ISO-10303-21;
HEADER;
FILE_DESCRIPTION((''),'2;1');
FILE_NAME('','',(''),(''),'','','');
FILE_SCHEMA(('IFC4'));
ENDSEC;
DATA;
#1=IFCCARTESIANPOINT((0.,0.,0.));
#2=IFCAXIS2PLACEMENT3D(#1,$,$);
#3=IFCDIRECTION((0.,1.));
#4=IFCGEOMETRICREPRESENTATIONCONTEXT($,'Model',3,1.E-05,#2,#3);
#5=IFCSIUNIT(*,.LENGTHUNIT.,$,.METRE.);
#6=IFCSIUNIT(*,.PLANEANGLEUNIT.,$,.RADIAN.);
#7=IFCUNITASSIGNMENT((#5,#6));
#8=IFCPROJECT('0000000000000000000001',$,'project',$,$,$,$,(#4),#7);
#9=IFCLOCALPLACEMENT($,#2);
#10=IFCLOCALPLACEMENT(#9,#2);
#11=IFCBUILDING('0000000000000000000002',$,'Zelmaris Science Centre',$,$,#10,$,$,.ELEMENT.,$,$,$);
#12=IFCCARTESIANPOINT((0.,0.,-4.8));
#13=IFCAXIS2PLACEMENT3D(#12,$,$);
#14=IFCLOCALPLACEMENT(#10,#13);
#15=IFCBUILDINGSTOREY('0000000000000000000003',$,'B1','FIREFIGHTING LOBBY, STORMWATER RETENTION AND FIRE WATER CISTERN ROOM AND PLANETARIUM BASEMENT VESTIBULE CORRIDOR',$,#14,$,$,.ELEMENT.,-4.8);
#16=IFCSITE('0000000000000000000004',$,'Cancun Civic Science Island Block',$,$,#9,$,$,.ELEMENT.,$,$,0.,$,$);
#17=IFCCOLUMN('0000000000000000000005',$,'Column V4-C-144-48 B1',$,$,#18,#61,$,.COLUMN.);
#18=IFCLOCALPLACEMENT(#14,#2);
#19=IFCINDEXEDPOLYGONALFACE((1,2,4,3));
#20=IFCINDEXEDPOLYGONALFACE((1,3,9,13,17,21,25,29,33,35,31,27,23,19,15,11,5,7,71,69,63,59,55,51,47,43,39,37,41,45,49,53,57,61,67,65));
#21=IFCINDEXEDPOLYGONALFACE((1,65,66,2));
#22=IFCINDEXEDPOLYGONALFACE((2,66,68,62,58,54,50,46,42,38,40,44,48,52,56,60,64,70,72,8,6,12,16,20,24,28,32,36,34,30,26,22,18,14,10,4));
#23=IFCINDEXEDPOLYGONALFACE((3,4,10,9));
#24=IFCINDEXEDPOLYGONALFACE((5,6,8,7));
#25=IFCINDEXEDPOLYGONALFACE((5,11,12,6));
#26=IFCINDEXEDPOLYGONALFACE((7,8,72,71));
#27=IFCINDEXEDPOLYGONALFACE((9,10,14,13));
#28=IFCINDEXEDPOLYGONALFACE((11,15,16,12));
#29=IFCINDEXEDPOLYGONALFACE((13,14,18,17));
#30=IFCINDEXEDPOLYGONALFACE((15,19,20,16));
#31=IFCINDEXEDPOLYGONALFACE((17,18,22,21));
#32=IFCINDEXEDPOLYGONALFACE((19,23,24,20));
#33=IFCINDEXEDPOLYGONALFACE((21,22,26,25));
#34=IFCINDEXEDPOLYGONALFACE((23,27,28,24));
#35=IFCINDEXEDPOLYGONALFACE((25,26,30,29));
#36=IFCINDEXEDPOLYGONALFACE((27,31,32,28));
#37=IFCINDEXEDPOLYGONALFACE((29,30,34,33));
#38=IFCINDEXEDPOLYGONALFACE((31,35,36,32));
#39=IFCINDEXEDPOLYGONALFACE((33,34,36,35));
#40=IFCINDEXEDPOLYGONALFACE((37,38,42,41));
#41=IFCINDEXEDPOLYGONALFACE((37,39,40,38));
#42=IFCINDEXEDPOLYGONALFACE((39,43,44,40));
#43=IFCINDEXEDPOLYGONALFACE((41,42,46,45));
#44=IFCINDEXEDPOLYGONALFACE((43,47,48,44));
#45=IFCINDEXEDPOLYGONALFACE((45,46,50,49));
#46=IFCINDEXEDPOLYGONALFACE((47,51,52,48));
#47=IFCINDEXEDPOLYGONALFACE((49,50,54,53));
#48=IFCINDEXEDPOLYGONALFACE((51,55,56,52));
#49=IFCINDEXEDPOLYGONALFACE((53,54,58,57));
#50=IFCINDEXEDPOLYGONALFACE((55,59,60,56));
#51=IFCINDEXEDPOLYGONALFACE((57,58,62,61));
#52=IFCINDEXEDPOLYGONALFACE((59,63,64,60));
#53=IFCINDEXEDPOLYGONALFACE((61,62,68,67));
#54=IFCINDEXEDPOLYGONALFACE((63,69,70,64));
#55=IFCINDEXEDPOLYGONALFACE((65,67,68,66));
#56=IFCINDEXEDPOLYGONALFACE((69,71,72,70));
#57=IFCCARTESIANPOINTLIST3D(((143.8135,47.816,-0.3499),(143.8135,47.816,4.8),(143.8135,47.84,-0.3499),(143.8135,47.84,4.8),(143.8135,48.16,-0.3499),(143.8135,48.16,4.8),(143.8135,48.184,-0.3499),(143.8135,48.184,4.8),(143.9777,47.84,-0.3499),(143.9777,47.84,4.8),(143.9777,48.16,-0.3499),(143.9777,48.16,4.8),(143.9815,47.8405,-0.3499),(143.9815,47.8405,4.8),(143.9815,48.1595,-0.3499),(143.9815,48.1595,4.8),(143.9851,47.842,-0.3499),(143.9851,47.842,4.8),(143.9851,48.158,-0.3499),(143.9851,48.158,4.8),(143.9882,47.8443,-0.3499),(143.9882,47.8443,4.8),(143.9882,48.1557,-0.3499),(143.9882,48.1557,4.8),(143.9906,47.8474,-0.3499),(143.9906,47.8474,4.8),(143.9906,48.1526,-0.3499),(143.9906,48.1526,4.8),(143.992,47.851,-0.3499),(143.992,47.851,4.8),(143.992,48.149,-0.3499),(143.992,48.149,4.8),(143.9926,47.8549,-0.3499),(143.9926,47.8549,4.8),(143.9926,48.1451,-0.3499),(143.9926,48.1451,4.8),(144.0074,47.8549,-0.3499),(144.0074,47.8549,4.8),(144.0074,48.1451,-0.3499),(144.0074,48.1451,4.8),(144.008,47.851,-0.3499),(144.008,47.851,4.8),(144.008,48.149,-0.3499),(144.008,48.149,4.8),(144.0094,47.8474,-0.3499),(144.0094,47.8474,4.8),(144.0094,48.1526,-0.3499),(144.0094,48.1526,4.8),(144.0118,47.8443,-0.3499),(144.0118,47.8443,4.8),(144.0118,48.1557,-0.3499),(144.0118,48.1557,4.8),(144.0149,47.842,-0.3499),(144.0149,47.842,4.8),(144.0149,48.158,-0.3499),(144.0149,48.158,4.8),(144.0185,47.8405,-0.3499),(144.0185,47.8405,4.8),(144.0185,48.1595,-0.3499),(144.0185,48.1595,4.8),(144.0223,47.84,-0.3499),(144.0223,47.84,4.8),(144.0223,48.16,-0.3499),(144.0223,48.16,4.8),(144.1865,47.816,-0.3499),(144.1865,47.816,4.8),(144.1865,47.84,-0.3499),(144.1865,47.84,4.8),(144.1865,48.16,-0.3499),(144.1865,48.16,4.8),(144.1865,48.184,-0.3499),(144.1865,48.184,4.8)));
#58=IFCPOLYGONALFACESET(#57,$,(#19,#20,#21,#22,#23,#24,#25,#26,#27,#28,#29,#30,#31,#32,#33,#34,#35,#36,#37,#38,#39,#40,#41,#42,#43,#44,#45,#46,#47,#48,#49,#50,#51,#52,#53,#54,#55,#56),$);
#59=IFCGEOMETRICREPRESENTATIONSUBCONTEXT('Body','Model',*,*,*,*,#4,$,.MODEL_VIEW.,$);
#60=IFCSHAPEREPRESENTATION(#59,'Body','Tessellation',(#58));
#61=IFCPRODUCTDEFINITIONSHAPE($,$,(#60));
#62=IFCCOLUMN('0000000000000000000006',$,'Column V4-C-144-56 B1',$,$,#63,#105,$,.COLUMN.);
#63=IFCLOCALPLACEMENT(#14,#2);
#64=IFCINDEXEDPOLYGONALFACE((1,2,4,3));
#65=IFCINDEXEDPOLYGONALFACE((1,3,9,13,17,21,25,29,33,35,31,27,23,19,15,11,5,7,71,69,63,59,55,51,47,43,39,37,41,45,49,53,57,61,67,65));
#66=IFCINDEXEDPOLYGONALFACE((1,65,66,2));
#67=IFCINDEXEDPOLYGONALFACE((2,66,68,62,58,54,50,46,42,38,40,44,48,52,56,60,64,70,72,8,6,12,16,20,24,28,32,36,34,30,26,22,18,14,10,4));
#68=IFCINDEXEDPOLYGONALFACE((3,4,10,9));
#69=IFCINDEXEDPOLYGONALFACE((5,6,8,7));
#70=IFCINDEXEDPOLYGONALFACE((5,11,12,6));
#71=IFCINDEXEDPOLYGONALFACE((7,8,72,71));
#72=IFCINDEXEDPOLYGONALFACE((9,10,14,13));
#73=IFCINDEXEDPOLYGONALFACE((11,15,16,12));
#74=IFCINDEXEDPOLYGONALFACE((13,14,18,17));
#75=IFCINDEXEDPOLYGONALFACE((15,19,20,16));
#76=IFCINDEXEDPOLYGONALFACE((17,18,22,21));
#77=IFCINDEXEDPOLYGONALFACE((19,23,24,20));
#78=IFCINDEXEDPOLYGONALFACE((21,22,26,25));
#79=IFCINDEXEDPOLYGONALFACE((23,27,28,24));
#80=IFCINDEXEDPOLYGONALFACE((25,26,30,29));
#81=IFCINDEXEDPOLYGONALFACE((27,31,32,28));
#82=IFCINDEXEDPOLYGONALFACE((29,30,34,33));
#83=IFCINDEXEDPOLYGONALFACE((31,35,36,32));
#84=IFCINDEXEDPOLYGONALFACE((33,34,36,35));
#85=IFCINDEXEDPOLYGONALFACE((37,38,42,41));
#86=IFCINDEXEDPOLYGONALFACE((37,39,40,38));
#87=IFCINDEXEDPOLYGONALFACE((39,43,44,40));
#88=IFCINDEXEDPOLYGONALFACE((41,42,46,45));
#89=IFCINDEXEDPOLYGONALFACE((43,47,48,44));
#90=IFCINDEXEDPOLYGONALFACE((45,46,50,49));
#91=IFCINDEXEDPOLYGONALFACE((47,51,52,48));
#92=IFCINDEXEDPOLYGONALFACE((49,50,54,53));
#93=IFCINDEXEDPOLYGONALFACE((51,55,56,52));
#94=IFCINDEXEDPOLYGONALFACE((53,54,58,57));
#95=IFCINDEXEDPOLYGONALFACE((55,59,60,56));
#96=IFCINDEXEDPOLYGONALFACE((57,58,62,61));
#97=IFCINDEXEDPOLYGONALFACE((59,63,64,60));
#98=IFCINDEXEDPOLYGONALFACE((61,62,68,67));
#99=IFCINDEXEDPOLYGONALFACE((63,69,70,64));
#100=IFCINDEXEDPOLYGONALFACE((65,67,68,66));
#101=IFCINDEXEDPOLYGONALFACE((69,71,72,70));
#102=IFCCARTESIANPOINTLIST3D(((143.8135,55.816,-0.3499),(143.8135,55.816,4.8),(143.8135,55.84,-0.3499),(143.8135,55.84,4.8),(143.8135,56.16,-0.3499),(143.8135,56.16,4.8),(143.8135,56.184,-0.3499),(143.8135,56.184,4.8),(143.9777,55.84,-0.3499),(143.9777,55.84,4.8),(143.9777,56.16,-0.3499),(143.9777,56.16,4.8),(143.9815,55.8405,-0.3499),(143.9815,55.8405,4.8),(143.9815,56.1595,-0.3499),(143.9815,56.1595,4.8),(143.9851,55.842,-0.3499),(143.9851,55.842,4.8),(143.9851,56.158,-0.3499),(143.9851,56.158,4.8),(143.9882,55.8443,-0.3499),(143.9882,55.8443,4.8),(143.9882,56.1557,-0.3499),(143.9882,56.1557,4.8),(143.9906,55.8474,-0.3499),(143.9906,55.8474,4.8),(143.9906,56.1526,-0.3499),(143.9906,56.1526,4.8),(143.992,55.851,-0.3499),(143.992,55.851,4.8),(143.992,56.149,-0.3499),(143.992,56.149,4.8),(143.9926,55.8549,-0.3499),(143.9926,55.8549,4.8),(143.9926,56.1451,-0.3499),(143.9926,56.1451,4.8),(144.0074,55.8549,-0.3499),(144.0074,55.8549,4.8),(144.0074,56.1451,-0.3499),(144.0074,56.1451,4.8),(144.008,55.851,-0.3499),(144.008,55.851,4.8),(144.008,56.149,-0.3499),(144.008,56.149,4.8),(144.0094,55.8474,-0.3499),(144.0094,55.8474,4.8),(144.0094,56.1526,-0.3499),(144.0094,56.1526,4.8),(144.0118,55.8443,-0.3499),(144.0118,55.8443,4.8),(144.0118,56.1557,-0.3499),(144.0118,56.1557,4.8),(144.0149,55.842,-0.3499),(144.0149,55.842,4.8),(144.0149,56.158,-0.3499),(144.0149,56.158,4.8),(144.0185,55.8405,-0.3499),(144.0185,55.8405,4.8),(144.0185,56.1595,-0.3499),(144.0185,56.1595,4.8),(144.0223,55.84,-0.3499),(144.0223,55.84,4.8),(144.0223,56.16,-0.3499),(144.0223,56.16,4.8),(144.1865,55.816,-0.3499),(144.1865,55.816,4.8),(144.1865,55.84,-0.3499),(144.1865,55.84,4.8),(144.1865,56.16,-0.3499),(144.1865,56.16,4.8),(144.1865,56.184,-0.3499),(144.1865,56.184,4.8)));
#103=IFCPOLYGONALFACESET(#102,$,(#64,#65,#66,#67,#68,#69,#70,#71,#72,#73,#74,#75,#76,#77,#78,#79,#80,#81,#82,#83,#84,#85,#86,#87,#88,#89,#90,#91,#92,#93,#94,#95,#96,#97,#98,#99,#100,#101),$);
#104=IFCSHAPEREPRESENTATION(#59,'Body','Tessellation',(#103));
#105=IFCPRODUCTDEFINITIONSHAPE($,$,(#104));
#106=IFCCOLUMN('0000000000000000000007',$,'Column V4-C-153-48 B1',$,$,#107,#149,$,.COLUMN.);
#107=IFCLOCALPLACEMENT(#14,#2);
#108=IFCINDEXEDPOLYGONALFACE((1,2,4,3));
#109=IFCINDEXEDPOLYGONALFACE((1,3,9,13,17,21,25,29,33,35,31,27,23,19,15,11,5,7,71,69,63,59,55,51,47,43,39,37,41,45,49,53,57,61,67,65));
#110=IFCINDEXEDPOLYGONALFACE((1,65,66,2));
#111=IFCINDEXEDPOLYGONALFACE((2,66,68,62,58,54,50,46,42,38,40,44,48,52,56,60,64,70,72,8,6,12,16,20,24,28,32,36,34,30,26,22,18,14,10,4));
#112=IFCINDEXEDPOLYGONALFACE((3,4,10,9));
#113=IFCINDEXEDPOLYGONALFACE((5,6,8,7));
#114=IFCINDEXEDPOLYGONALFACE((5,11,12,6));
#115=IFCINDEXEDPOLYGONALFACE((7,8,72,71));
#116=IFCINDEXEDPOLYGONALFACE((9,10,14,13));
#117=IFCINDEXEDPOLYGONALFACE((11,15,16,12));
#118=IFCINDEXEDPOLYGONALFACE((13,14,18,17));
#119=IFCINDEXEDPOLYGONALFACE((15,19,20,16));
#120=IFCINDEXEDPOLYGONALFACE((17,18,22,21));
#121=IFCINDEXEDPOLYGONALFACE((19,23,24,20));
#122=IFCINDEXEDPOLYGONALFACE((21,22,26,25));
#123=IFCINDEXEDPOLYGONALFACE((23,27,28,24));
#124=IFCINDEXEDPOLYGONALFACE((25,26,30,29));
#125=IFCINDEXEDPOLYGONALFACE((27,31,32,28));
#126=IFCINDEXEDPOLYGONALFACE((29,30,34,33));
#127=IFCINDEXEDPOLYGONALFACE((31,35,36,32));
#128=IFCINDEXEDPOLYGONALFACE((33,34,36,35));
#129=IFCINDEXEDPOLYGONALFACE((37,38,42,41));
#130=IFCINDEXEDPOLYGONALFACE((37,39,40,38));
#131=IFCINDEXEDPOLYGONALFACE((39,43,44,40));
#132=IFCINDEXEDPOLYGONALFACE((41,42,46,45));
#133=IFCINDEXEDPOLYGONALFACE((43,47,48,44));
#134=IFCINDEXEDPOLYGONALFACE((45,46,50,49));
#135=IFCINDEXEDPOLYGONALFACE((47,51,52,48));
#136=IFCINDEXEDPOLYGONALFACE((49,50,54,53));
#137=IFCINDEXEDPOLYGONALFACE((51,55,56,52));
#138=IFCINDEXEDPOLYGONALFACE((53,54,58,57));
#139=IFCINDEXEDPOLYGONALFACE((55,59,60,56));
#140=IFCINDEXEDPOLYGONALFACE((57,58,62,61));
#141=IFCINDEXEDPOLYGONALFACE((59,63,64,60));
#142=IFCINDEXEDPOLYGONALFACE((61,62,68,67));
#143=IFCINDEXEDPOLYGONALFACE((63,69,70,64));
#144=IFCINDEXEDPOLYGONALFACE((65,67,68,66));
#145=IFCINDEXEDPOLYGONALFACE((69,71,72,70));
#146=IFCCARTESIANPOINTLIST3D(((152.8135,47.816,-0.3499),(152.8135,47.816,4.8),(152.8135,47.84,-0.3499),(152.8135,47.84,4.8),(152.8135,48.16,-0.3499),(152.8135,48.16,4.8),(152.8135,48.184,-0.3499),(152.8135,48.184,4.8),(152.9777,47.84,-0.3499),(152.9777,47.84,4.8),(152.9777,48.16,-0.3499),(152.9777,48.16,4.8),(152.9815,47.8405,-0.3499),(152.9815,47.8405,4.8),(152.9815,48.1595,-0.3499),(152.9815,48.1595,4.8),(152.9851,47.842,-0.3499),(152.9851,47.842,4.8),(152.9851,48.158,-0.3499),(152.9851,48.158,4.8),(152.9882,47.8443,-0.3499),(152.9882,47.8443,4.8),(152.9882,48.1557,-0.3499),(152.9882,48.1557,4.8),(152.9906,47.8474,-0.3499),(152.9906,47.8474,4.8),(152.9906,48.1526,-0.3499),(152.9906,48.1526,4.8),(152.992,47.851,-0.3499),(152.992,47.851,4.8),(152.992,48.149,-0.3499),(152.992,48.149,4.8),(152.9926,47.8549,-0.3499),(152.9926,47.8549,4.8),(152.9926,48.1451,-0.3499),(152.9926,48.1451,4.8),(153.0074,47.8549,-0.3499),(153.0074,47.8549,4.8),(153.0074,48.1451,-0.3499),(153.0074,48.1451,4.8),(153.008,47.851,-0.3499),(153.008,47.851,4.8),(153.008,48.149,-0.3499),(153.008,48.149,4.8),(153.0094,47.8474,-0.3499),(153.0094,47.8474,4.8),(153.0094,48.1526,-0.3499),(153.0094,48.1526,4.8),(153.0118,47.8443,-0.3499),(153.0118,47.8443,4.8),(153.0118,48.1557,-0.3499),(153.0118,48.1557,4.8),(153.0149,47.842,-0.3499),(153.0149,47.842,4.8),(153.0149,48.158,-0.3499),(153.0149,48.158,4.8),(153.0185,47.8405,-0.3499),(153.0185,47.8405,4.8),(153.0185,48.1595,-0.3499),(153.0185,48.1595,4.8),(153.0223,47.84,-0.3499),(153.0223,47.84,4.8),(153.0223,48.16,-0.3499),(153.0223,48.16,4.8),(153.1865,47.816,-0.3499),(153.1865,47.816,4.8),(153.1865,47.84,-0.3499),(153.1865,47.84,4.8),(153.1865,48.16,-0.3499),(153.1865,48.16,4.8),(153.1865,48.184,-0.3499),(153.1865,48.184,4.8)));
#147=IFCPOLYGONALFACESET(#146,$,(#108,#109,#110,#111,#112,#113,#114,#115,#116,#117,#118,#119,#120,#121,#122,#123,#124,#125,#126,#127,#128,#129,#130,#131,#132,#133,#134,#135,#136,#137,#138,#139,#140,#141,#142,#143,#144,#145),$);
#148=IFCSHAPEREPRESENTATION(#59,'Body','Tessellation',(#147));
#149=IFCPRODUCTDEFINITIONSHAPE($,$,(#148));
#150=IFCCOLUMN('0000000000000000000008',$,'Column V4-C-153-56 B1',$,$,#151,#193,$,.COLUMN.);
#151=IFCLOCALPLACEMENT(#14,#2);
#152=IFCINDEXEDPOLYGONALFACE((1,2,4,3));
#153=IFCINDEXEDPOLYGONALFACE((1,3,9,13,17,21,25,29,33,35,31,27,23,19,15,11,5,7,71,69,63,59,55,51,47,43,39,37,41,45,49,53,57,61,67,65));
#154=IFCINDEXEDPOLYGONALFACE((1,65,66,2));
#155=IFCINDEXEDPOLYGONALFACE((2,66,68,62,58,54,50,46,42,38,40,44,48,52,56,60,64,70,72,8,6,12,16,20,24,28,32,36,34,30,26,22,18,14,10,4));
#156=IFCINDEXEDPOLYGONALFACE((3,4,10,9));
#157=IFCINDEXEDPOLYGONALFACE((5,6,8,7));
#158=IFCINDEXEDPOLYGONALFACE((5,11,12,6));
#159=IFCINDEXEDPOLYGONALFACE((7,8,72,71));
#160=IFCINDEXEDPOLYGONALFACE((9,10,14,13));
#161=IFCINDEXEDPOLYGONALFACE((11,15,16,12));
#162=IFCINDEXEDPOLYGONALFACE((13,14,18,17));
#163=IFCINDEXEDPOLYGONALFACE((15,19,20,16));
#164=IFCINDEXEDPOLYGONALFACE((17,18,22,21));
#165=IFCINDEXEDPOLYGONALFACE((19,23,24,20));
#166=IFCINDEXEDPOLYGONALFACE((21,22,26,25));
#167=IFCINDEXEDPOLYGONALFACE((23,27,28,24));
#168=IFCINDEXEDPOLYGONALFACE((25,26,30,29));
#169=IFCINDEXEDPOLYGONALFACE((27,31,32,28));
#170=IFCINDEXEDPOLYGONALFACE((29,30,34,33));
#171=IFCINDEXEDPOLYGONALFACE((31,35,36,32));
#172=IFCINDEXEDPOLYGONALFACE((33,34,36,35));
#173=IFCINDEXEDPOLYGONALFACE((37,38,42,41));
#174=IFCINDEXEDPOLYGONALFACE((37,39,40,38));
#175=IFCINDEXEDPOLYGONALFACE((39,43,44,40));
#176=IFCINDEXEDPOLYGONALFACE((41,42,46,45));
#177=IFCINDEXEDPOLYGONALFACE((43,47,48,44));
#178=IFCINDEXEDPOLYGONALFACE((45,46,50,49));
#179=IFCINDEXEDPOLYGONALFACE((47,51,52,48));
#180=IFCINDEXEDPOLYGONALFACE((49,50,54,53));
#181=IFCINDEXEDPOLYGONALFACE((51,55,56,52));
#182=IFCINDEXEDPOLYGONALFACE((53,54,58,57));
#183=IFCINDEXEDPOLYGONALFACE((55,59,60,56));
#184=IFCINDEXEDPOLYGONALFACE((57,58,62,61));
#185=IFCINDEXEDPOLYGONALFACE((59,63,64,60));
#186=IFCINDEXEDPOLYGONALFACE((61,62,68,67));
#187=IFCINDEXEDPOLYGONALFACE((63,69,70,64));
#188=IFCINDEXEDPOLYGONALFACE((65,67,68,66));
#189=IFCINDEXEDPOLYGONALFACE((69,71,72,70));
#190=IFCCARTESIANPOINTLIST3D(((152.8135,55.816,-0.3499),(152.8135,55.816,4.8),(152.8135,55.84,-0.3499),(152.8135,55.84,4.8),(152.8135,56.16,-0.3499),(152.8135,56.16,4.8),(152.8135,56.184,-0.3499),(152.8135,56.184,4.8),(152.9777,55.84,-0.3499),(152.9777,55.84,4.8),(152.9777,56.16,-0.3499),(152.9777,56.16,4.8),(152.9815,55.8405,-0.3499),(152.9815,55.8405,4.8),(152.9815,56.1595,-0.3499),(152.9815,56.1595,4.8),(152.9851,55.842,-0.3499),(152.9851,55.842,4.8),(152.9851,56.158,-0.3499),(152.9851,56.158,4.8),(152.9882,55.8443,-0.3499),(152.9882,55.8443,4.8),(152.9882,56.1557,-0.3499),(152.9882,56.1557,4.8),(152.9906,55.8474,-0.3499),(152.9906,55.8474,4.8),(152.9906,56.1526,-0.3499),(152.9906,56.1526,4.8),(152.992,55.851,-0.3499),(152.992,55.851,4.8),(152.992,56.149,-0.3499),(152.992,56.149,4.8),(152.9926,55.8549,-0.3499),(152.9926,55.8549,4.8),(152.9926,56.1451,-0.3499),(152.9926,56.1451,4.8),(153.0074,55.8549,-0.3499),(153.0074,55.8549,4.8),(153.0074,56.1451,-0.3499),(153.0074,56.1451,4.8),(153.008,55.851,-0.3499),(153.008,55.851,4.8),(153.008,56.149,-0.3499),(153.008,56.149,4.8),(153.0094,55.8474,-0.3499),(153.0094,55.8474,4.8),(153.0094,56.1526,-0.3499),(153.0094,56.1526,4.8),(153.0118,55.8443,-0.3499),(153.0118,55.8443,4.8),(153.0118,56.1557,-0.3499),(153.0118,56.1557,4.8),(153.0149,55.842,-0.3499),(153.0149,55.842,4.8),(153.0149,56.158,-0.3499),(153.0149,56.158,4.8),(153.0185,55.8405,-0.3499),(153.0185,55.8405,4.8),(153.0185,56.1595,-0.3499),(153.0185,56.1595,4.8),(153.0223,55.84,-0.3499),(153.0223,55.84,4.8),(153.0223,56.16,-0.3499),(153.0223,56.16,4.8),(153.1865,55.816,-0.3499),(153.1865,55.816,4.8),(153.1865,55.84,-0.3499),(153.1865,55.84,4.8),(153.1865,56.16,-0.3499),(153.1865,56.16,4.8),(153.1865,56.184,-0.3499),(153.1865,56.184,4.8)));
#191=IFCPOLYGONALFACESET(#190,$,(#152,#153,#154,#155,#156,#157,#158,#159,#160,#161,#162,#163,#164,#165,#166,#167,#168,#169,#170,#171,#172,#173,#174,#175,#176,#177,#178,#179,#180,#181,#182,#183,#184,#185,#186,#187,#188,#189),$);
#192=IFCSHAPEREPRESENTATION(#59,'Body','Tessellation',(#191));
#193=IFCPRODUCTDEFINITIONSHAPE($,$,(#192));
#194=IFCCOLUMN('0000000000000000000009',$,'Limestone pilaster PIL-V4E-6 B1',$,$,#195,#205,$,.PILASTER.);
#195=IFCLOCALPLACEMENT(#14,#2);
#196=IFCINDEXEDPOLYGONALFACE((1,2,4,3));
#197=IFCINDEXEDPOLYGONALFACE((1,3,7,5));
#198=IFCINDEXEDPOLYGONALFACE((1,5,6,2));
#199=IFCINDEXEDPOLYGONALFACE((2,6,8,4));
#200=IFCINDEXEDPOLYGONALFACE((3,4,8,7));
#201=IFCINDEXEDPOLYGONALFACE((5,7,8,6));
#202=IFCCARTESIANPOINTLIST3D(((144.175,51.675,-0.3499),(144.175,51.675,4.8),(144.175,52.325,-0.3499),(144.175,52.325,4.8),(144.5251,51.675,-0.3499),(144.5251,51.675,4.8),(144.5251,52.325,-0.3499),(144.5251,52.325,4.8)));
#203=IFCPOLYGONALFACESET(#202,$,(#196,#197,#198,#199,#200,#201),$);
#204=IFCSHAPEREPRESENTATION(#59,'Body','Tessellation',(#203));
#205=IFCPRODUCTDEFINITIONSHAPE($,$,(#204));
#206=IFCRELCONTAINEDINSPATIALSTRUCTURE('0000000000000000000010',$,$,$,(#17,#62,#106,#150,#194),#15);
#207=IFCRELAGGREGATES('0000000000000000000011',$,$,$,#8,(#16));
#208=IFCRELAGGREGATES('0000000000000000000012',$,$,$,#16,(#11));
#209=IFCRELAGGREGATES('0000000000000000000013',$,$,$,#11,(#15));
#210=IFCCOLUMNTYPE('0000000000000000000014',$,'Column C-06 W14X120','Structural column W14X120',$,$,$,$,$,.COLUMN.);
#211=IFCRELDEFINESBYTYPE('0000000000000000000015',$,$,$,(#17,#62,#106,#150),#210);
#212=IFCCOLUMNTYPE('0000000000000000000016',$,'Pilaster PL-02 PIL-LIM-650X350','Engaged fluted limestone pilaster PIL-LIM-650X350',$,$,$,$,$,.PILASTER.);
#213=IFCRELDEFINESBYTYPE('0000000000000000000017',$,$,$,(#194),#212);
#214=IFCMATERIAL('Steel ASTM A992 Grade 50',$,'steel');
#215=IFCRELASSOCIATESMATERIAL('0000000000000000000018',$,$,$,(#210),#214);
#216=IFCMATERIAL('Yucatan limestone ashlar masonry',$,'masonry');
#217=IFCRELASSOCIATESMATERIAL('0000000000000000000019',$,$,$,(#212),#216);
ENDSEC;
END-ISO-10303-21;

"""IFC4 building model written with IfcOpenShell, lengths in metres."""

from ifc_helpers import new_model, si_unit, direction, frame, origin, origin_2d, place, context, subcontext, project, spatial, rectangle, i_section, extrude, material, material_profile, profile_set, type_object, element, save


model = new_model("IFC4")

# Units and contexts
model_context = context("Model", 3, precision=1e-05, world=origin(), true_north=direction((0.0, 1.0)))
body_context = subcontext(model_context, "Body", "Model", "MODEL_VIEW")
ifc_project = project(units=[si_unit("LENGTHUNIT", "METRE"), si_unit("PLANEANGLEUNIT", "RADIAN")], contexts=[model_context])

# Site, building, storey
site_placement = place(None, origin())
site = spatial("IfcSite", under=ifc_project, at=site_placement, Name="Cancun Civic Science Island Block", CompositionType="ELEMENT", RefElevation=0.0)
building_placement = place(site_placement, origin())
building = spatial("IfcBuilding", under=site, at=building_placement, Name="Zelmaris Science Centre", CompositionType="ELEMENT")
storey_placement = place(building_placement, frame((0.0, 0.0, -4.8)))
storey = spatial("IfcBuildingStorey", under=building, at=storey_placement, Name="B1", Description="FIREFIGHTING LOBBY, STORMWATER RETENTION AND FIRE WATER CISTERN ROOM AND PLANETARIUM BASEMENT VESTIBULE CORRIDOR", CompositionType="ELEMENT", Elevation=-4.8)

# Columns
ifc_material_1 = material(Name="Steel ASTM A992 Grade 50", Category="steel")
ifc_material_profile_1 = material_profile(ifc_material_1, i_section(OverallWidth=0.373, OverallDepth=0.3679, WebThickness=0.0149, FlangeThickness=0.0239, FilletRadius=0.0149, at=origin_2d()), Name="W14X120")
ifc_profile_set_1 = profile_set([ifc_material_profile_1], Name="Steel ASTM A992 Grade 50")
column_type_1 = type_object("IfcColumnType", Name="Column C-06 W14X120", Description="Structural column W14X120", PredefinedType="COLUMN", material=ifc_profile_set_1)
for number, where, z_axis, x_axis, name in (
    (1, (144.0, 48.0, -0.3499), (0.0, 0.0, 1.0), (1.0, 0.0, 0.0), "Column V4-C-144-48 B1"),
    (2, (144.0, 56.0, -0.3499), (0.0, 0.0, 1.0), (1.0, 0.0, 0.0), "Column V4-C-144-56 B1"),
    (3, (153.0, 48.0, -0.3499), (0.0, 0.0, 1.0), (1.0, 0.0, 0.0), "Column V4-C-153-48 B1"),
    (4, (153.0, 56.0, -0.3499), (0.0, 0.0, 1.0), (1.0, 0.0, 0.0), "Column V4-C-153-56 B1"),
):
    element("IfcColumn", number, at=place(storey_placement, frame(where, z_axis=z_axis, x_axis=x_axis)), inside=storey, type_object=column_type_1, Name=name, PredefinedType="COLUMN", context=body_context, shape_type="SweptSolid", body=[
        extrude(i_section(OverallWidth=0.373, OverallDepth=0.3679, WebThickness=0.0149, FlangeThickness=0.0239, FilletRadius=0.0149, at=origin_2d()), origin(), (0.0, 0.0, 1.0), 5.1499),
    ])
ifc_material_2 = material(Name="Yucatan limestone ashlar masonry", Category="masonry")
ifc_material_profile_2 = material_profile(ifc_material_2, rectangle(XDim=0.6499, YDim=0.3501, at=origin_2d()), Name="PIL-LIM-650X350")
ifc_profile_set_2 = profile_set([ifc_material_profile_2], Name="Yucatan limestone ashlar masonry")
column_type_2 = type_object("IfcColumnType", Name="Pilaster PL-02 PIL-LIM-650X350", Description="Engaged fluted limestone pilaster PIL-LIM-650X350", PredefinedType="PILASTER", material=ifc_profile_set_2)
column_placement = place(storey_placement, frame((144.3501, 52.0, -0.3499), z_axis=(0.0, 0.0, 1.0), x_axis=(0.0, 1.0, 0.0)))
element("IfcColumn", 5, at=column_placement, inside=storey, type_object=column_type_2, Name="Limestone pilaster PIL-V4E-6 B1", PredefinedType="PILASTER", context=body_context, shape_type="SweptSolid", body=[
    extrude(rectangle(XDim=0.6499, YDim=0.3501, at=origin_2d()), origin(), (0.0, 0.0, 1.0), 5.1499),
])

save(model, "model.ifc")
